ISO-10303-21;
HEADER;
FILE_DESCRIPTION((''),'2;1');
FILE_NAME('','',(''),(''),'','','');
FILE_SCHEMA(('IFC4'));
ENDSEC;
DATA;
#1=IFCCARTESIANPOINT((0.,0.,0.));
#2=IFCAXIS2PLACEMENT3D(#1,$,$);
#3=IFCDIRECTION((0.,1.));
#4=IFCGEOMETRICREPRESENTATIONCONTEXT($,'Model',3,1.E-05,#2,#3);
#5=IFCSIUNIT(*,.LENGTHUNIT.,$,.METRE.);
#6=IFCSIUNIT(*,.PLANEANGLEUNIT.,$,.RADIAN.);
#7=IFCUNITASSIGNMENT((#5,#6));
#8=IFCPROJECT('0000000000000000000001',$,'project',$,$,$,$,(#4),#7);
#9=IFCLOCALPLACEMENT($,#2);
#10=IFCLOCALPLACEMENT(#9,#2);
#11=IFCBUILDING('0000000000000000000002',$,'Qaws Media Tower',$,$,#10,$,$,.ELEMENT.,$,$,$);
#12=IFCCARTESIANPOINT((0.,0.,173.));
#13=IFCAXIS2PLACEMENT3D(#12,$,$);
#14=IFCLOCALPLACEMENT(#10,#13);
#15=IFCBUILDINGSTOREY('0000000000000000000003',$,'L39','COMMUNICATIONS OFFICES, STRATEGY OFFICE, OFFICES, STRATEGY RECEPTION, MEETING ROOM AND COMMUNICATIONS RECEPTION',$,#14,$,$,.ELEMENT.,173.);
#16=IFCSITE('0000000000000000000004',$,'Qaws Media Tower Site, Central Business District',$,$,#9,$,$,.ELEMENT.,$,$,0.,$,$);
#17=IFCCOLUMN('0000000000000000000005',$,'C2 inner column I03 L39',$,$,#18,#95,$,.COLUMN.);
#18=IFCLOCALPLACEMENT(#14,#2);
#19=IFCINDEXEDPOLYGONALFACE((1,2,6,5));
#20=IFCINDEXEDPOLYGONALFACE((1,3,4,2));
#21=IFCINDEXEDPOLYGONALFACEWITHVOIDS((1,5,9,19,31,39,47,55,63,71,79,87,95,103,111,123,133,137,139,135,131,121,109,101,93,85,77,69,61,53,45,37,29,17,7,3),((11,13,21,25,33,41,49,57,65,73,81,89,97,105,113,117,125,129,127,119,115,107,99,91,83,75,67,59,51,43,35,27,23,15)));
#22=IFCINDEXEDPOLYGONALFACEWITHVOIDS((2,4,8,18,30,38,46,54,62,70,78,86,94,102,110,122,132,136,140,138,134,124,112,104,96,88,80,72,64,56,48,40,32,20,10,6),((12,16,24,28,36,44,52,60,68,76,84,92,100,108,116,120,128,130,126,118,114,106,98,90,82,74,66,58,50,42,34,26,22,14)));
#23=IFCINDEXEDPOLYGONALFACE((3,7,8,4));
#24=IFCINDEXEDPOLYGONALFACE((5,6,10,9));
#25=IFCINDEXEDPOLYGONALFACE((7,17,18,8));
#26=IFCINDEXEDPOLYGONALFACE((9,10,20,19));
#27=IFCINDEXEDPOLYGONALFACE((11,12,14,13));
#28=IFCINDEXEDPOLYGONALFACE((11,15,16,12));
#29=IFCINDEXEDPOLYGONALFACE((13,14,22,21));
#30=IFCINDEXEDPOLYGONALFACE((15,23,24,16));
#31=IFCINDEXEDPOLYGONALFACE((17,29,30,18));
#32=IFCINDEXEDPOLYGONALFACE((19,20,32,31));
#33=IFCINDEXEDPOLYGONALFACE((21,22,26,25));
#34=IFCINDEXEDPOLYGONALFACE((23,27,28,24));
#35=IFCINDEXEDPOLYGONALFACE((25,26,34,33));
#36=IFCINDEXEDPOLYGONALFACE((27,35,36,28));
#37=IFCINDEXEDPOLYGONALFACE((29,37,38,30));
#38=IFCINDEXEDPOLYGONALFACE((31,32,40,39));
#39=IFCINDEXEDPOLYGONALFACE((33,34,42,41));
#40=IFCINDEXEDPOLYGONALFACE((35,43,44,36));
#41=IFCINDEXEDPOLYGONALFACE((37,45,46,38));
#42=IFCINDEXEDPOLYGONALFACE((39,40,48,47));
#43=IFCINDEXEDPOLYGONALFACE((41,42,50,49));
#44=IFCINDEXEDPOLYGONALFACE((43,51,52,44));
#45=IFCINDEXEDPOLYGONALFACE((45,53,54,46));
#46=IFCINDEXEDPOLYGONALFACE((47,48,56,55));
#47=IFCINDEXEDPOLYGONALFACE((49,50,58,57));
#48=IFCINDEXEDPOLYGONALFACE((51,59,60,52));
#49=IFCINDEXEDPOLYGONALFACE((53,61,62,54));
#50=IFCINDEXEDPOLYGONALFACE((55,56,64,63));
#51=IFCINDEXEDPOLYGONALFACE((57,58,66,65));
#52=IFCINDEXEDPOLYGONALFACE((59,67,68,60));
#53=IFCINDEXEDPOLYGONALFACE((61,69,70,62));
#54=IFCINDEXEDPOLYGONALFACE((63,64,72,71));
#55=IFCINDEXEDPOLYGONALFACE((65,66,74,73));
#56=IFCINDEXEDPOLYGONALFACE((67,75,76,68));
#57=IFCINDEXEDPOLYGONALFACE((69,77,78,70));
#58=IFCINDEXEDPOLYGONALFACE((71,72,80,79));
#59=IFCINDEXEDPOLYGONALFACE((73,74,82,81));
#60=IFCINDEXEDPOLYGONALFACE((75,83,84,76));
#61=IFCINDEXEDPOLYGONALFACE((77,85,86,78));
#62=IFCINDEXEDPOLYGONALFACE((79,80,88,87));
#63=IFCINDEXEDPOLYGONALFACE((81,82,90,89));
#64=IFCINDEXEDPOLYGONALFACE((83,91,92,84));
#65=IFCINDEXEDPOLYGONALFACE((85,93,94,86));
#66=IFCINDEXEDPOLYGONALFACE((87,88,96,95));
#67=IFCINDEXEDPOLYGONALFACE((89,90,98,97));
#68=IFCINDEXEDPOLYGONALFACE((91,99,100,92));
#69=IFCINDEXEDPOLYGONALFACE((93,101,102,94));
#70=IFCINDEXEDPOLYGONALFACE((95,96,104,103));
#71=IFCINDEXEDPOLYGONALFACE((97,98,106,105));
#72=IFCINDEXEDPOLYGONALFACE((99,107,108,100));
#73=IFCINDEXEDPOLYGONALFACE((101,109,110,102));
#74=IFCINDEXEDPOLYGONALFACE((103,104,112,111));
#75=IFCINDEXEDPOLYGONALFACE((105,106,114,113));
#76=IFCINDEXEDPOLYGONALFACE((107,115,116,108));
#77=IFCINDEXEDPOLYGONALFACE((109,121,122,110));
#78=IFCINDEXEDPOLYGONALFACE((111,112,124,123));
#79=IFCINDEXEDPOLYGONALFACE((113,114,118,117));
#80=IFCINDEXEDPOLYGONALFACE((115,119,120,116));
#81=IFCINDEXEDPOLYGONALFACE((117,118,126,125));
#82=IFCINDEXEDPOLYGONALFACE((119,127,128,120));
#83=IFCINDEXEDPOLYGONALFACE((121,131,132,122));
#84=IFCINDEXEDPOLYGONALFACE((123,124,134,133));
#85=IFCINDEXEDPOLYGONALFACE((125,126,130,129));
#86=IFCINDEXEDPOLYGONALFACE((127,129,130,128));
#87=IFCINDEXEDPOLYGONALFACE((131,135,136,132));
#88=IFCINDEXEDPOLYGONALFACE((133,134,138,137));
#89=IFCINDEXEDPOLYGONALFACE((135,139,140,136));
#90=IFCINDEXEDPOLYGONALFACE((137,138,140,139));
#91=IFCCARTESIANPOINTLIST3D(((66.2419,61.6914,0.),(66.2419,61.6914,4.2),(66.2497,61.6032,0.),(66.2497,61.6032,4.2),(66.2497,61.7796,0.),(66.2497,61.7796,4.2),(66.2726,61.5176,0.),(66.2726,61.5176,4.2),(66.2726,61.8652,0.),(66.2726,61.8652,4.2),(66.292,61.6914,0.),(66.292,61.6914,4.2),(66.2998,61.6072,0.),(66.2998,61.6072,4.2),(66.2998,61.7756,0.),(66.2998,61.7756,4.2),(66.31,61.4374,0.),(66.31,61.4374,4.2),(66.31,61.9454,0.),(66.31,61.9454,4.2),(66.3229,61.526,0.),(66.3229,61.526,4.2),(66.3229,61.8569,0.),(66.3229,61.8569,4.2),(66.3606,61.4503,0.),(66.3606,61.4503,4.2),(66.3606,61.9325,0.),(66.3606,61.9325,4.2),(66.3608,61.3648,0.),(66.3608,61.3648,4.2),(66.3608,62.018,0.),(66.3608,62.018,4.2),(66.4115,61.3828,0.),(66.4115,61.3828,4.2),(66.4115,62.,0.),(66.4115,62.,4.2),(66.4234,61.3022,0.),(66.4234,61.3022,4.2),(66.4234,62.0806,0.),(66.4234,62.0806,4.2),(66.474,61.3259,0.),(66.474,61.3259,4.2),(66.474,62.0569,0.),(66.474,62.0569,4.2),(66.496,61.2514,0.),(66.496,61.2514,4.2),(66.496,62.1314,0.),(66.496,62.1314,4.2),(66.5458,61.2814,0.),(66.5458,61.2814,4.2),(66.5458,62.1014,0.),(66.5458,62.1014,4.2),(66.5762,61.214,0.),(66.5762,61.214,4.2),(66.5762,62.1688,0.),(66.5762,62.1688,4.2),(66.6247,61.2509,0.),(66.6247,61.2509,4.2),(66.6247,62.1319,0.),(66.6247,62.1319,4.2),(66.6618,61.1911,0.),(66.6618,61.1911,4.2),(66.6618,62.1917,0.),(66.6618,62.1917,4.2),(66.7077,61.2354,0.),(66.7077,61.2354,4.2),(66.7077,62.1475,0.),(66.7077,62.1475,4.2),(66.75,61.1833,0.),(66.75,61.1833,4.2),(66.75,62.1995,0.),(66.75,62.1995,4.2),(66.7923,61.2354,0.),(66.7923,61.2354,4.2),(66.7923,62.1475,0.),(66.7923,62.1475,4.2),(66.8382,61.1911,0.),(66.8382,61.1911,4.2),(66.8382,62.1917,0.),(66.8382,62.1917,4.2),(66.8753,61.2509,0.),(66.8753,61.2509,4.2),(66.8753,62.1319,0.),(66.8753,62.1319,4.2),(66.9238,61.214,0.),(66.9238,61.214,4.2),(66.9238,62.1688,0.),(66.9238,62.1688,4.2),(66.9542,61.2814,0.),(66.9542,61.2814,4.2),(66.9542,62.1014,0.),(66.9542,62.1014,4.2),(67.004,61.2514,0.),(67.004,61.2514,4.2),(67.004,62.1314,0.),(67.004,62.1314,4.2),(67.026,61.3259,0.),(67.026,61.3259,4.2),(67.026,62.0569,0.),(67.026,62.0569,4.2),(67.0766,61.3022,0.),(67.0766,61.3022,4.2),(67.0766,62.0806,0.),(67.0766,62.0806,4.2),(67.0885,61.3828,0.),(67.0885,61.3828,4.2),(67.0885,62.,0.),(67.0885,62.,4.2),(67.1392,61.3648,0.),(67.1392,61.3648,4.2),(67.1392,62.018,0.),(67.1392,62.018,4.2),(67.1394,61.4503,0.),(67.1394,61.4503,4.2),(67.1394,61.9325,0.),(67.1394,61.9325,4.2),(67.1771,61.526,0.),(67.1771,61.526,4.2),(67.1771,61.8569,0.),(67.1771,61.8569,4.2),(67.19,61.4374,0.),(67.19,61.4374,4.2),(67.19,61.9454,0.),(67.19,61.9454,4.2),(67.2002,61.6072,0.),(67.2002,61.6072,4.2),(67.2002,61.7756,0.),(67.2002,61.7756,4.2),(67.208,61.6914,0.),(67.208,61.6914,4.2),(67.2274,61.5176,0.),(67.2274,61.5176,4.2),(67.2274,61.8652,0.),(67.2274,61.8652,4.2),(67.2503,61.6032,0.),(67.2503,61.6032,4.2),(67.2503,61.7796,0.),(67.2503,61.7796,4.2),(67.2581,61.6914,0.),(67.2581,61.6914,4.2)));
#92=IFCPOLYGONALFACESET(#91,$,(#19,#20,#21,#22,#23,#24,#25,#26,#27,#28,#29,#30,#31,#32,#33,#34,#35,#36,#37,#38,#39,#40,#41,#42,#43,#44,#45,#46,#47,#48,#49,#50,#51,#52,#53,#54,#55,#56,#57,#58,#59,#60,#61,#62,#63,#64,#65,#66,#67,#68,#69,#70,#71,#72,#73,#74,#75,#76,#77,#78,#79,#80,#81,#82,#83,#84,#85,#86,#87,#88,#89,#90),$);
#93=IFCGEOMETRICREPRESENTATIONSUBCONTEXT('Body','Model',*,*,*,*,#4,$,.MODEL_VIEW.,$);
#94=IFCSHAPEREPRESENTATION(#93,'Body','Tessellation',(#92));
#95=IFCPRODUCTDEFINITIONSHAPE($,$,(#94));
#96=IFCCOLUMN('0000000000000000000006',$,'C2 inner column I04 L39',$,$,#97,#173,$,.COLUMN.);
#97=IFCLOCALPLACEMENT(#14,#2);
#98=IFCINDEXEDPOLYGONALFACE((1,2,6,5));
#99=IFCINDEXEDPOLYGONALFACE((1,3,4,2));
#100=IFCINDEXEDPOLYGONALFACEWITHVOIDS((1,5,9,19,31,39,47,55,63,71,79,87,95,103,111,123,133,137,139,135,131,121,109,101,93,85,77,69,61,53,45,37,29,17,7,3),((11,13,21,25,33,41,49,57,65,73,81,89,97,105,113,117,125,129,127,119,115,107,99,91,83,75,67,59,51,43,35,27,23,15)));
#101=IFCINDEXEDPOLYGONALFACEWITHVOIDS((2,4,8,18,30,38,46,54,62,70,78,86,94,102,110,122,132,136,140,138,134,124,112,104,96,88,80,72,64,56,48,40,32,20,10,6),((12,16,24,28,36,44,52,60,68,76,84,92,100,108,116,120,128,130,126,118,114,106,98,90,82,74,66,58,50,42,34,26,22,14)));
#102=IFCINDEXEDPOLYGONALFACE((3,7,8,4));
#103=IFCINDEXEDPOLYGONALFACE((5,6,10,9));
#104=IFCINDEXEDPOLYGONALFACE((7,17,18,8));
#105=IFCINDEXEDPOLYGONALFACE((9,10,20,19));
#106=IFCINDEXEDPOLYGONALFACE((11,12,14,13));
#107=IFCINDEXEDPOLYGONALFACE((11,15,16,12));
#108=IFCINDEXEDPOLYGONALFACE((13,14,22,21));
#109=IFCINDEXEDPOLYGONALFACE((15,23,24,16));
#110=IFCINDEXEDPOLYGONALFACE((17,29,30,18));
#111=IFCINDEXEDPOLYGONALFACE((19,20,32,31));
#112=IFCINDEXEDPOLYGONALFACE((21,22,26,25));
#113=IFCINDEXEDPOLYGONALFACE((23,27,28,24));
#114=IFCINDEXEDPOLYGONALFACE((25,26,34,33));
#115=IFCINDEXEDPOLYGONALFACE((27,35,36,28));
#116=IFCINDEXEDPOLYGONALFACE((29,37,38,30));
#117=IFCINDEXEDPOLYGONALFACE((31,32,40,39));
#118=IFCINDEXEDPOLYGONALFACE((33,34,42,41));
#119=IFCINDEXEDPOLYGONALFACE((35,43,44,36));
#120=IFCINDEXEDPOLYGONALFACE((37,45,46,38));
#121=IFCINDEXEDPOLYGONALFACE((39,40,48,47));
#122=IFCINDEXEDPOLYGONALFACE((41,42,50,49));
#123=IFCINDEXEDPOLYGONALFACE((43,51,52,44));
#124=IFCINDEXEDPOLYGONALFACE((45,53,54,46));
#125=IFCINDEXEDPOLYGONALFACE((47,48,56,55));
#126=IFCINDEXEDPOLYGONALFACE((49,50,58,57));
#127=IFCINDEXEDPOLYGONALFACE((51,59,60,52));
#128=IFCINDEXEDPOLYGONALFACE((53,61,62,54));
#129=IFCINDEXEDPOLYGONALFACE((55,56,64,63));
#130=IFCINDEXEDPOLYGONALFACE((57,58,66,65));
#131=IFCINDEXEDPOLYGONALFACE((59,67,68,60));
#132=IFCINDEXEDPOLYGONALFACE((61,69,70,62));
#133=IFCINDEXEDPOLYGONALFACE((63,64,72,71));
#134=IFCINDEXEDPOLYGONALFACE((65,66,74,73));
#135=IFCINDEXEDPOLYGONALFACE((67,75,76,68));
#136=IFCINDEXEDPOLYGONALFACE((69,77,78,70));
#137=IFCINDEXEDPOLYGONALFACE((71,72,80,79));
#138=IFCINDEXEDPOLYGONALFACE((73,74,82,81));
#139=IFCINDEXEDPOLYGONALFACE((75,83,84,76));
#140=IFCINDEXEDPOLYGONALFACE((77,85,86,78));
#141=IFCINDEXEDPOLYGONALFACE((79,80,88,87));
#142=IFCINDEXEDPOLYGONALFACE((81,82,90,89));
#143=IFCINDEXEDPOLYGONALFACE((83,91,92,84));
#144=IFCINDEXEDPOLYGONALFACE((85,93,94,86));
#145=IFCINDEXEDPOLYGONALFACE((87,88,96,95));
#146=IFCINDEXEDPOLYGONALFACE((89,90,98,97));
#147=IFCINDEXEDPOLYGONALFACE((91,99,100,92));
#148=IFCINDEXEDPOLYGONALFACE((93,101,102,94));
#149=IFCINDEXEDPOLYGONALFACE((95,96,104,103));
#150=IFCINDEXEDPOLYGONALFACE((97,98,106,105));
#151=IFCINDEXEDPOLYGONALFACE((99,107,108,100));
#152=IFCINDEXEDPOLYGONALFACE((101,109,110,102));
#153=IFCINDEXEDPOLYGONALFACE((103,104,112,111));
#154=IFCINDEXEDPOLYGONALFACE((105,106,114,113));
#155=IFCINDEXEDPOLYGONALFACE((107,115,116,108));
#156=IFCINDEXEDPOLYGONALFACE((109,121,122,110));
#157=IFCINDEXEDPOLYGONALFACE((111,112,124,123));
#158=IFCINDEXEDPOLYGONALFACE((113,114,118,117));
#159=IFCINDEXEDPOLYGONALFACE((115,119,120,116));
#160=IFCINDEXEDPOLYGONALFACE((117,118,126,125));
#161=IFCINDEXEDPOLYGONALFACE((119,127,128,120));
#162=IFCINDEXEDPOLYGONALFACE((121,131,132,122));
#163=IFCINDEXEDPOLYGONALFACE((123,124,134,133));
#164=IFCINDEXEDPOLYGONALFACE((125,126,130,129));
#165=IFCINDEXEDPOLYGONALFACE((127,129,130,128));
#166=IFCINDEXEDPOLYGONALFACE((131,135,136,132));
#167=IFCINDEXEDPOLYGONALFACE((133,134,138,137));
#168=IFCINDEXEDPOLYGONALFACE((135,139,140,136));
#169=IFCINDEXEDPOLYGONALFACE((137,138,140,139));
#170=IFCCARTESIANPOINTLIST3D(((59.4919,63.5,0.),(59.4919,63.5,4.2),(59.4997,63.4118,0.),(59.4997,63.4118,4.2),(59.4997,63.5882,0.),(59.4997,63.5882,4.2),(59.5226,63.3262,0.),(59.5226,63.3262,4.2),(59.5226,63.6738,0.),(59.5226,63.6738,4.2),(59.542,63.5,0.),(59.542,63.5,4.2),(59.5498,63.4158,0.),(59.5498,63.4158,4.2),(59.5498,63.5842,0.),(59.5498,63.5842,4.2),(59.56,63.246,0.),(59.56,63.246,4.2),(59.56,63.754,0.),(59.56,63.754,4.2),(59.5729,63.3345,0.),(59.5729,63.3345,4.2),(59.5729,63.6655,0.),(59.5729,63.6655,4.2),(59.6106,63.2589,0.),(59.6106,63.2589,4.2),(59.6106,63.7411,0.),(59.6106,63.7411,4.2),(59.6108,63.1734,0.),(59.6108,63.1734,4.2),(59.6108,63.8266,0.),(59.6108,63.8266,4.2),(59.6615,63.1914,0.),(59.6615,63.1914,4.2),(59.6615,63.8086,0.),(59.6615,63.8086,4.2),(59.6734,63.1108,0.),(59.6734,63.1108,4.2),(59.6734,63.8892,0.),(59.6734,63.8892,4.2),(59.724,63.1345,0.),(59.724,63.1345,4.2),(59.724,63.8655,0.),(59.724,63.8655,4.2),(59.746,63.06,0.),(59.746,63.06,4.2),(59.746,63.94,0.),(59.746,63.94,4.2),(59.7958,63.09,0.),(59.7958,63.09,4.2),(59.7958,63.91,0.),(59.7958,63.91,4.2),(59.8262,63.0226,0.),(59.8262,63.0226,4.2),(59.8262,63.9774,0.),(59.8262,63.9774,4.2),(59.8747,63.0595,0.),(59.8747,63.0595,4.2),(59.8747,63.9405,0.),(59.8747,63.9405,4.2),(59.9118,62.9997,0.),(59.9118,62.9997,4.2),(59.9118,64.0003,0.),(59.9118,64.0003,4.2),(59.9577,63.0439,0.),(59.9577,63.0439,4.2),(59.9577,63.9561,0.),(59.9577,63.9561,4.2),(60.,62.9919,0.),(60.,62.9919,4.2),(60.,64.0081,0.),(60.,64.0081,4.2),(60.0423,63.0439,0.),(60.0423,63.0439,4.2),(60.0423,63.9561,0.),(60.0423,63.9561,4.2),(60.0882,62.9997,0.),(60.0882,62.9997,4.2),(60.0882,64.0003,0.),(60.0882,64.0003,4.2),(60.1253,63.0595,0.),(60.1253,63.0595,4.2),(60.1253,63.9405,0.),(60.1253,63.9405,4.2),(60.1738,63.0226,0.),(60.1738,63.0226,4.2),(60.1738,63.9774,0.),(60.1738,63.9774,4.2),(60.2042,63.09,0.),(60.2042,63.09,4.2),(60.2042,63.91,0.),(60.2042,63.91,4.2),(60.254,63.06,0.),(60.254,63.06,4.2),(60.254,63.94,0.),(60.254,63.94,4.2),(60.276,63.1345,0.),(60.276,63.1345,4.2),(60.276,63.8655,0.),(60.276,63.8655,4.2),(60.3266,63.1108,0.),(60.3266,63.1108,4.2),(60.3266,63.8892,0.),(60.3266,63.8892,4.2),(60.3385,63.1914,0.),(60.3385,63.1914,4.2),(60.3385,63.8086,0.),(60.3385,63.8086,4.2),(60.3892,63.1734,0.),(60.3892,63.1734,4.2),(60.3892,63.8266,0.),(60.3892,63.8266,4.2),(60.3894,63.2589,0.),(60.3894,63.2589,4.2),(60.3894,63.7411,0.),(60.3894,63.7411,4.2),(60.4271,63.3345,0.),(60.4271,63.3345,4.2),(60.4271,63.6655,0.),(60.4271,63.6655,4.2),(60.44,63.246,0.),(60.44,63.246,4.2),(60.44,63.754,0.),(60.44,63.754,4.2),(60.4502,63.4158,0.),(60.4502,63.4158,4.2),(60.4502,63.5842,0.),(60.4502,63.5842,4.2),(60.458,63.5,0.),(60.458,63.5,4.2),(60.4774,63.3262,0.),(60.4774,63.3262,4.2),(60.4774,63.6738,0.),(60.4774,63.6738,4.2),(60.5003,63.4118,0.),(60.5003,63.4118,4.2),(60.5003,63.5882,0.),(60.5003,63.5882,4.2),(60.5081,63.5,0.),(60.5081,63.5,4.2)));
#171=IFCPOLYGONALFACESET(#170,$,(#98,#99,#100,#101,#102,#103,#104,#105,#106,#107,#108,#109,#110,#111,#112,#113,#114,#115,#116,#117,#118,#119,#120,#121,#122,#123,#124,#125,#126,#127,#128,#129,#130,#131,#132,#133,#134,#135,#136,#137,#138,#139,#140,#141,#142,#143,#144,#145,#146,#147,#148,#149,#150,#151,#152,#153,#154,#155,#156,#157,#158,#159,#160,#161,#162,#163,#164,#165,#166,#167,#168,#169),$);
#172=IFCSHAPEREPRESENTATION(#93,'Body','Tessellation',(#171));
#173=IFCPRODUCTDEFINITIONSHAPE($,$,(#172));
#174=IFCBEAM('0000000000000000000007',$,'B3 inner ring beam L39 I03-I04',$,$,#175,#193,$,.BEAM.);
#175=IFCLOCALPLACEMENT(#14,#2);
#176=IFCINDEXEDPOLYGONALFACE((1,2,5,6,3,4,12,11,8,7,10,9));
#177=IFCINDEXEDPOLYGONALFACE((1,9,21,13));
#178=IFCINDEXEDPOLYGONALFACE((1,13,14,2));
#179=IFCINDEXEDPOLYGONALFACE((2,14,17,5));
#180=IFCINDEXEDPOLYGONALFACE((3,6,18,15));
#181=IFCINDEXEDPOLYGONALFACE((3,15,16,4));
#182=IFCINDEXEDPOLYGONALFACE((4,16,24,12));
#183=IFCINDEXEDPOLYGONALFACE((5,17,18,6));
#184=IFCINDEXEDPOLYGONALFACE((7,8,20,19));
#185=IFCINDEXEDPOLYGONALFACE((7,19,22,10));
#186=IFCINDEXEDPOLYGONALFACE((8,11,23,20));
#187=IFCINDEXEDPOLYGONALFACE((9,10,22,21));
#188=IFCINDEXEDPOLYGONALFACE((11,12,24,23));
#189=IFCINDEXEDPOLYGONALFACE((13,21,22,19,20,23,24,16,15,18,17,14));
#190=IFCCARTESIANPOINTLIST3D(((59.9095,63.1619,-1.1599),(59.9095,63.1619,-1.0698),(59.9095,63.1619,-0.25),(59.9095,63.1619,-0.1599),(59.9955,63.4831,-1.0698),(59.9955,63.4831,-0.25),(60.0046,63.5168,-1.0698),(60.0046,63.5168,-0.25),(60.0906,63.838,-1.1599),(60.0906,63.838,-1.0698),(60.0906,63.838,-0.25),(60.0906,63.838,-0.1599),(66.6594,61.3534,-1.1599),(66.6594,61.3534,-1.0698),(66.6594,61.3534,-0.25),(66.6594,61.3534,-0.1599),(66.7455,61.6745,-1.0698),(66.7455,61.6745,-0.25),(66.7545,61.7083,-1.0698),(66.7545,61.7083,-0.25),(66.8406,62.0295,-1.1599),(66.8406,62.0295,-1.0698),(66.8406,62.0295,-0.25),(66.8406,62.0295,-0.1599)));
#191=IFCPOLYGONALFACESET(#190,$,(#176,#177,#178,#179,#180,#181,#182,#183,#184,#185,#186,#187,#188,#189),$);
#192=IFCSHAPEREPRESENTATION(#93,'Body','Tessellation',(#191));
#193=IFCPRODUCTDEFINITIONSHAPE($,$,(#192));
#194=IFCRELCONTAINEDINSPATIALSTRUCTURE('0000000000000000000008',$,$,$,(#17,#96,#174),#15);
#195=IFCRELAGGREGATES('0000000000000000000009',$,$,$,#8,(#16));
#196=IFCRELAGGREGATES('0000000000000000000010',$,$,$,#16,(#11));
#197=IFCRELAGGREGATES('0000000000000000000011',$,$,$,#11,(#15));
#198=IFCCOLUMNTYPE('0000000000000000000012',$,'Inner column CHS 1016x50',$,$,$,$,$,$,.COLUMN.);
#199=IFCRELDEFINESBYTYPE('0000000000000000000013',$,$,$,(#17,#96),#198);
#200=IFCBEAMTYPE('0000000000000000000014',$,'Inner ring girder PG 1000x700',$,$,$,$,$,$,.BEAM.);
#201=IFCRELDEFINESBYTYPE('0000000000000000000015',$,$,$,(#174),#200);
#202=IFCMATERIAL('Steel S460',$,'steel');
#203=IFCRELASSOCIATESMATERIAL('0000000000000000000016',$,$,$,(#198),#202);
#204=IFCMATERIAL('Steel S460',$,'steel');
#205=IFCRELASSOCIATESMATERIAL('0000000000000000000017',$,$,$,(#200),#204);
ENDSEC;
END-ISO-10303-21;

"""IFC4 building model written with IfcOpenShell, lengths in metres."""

from ifc_helpers import new_model, si_unit, direction, frame, origin, origin_2d, place, context, subcontext, project, spatial, hollow_circle, i_section, extrude, material, material_profile, profile_set, type_object, element, save


model = new_model("IFC4")

# Units and contexts
model_context = context("Model", 3, precision=1e-05, world=origin(), true_north=direction((0.0, 1.0)))
body_context = subcontext(model_context, "Body", "Model", "MODEL_VIEW")
ifc_project = project(units=[si_unit("LENGTHUNIT", "METRE"), si_unit("PLANEANGLEUNIT", "RADIAN")], contexts=[model_context])

# Site, building, storey
site_placement = place(None, origin())
site = spatial("IfcSite", under=ifc_project, at=site_placement, Name="Qaws Media Tower Site, Central Business District", CompositionType="ELEMENT", RefElevation=0.0)
building_placement = place(site_placement, origin())
building = spatial("IfcBuilding", under=site, at=building_placement, Name="Qaws Media Tower", CompositionType="ELEMENT")
storey_placement = place(building_placement, frame((0.0, 0.0, 173.0)))
storey = spatial("IfcBuildingStorey", under=building, at=storey_placement, Name="L39", Description="COMMUNICATIONS OFFICES, STRATEGY OFFICE, OFFICES, STRATEGY RECEPTION, MEETING ROOM AND COMMUNICATIONS RECEPTION", CompositionType="ELEMENT", Elevation=173.0)

# Columns
ifc_material_1 = material(Name="Steel S460", Category="steel")
ifc_material_profile_1 = material_profile(ifc_material_1, hollow_circle(Radius=0.5081, WallThickness=0.05, at=origin_2d()), Name="CHS 1016x50")
ifc_profile_set_1 = profile_set([ifc_material_profile_1], Name="Steel S460")
column_type = type_object("IfcColumnType", Name="Inner column CHS 1016x50", PredefinedType="COLUMN", material=ifc_profile_set_1)
for number, where, z_axis, x_axis, name in (
    (1, (66.75, 61.6914, 0.0), (0.0, 0.0, 1.0), (1.0, 0.0, 0.0), "C2 inner column I03 L39"),
    (2, (60.0, 63.5, 0.0), (0.0, 0.0, 1.0), (1.0, 0.0, 0.0), "C2 inner column I04 L39"),
):
    element("IfcColumn", number, at=place(storey_placement, frame(where, z_axis=z_axis, x_axis=x_axis)), inside=storey, type_object=column_type, Name=name, PredefinedType="COLUMN", context=body_context, shape_type="SweptSolid", body=[
        extrude(hollow_circle(Radius=0.5081, WallThickness=0.05, at=origin_2d()), origin(), (0.0, 0.0, 1.0), 4.2),
    ])

# Beam
ifc_material_2 = material(Name="Steel S460", Category="steel")
ifc_material_profile_2 = material_profile(ifc_material_2, i_section(OverallWidth=0.7, OverallDepth=1.0, WebThickness=0.0349, FlangeThickness=0.0901, at=origin_2d()), Name="PG 1000x700")
ifc_profile_set_2 = profile_set([ifc_material_profile_2], Name="Steel S460")
beam_type_1 = type_object("IfcBeamType", Name="Inner ring girder PG 1000x700", PredefinedType="BEAM", material=ifc_profile_set_2)
for number, where, z_axis, x_axis, name in (
    (3, (66.75, 61.6914, -0.6599), (-0.965928, 0.258811, 0.0), (-0.258811, -0.965928, 0.0), "B3 inner ring beam L39 I03-I04"),
):
    element("IfcBeam", number, at=place(storey_placement, frame(where, z_axis=z_axis, x_axis=x_axis)), inside=storey, type_object=beam_type_1, Name=name, PredefinedType="BEAM", context=body_context, shape_type="SweptSolid", body=[
        extrude(i_section(OverallWidth=0.7, OverallDepth=1.0, WebThickness=0.0349, FlangeThickness=0.0901, at=origin_2d()), origin(), (0.0, 0.0, 1.0), 6.988),
    ])

save(model, "model.ifc")
